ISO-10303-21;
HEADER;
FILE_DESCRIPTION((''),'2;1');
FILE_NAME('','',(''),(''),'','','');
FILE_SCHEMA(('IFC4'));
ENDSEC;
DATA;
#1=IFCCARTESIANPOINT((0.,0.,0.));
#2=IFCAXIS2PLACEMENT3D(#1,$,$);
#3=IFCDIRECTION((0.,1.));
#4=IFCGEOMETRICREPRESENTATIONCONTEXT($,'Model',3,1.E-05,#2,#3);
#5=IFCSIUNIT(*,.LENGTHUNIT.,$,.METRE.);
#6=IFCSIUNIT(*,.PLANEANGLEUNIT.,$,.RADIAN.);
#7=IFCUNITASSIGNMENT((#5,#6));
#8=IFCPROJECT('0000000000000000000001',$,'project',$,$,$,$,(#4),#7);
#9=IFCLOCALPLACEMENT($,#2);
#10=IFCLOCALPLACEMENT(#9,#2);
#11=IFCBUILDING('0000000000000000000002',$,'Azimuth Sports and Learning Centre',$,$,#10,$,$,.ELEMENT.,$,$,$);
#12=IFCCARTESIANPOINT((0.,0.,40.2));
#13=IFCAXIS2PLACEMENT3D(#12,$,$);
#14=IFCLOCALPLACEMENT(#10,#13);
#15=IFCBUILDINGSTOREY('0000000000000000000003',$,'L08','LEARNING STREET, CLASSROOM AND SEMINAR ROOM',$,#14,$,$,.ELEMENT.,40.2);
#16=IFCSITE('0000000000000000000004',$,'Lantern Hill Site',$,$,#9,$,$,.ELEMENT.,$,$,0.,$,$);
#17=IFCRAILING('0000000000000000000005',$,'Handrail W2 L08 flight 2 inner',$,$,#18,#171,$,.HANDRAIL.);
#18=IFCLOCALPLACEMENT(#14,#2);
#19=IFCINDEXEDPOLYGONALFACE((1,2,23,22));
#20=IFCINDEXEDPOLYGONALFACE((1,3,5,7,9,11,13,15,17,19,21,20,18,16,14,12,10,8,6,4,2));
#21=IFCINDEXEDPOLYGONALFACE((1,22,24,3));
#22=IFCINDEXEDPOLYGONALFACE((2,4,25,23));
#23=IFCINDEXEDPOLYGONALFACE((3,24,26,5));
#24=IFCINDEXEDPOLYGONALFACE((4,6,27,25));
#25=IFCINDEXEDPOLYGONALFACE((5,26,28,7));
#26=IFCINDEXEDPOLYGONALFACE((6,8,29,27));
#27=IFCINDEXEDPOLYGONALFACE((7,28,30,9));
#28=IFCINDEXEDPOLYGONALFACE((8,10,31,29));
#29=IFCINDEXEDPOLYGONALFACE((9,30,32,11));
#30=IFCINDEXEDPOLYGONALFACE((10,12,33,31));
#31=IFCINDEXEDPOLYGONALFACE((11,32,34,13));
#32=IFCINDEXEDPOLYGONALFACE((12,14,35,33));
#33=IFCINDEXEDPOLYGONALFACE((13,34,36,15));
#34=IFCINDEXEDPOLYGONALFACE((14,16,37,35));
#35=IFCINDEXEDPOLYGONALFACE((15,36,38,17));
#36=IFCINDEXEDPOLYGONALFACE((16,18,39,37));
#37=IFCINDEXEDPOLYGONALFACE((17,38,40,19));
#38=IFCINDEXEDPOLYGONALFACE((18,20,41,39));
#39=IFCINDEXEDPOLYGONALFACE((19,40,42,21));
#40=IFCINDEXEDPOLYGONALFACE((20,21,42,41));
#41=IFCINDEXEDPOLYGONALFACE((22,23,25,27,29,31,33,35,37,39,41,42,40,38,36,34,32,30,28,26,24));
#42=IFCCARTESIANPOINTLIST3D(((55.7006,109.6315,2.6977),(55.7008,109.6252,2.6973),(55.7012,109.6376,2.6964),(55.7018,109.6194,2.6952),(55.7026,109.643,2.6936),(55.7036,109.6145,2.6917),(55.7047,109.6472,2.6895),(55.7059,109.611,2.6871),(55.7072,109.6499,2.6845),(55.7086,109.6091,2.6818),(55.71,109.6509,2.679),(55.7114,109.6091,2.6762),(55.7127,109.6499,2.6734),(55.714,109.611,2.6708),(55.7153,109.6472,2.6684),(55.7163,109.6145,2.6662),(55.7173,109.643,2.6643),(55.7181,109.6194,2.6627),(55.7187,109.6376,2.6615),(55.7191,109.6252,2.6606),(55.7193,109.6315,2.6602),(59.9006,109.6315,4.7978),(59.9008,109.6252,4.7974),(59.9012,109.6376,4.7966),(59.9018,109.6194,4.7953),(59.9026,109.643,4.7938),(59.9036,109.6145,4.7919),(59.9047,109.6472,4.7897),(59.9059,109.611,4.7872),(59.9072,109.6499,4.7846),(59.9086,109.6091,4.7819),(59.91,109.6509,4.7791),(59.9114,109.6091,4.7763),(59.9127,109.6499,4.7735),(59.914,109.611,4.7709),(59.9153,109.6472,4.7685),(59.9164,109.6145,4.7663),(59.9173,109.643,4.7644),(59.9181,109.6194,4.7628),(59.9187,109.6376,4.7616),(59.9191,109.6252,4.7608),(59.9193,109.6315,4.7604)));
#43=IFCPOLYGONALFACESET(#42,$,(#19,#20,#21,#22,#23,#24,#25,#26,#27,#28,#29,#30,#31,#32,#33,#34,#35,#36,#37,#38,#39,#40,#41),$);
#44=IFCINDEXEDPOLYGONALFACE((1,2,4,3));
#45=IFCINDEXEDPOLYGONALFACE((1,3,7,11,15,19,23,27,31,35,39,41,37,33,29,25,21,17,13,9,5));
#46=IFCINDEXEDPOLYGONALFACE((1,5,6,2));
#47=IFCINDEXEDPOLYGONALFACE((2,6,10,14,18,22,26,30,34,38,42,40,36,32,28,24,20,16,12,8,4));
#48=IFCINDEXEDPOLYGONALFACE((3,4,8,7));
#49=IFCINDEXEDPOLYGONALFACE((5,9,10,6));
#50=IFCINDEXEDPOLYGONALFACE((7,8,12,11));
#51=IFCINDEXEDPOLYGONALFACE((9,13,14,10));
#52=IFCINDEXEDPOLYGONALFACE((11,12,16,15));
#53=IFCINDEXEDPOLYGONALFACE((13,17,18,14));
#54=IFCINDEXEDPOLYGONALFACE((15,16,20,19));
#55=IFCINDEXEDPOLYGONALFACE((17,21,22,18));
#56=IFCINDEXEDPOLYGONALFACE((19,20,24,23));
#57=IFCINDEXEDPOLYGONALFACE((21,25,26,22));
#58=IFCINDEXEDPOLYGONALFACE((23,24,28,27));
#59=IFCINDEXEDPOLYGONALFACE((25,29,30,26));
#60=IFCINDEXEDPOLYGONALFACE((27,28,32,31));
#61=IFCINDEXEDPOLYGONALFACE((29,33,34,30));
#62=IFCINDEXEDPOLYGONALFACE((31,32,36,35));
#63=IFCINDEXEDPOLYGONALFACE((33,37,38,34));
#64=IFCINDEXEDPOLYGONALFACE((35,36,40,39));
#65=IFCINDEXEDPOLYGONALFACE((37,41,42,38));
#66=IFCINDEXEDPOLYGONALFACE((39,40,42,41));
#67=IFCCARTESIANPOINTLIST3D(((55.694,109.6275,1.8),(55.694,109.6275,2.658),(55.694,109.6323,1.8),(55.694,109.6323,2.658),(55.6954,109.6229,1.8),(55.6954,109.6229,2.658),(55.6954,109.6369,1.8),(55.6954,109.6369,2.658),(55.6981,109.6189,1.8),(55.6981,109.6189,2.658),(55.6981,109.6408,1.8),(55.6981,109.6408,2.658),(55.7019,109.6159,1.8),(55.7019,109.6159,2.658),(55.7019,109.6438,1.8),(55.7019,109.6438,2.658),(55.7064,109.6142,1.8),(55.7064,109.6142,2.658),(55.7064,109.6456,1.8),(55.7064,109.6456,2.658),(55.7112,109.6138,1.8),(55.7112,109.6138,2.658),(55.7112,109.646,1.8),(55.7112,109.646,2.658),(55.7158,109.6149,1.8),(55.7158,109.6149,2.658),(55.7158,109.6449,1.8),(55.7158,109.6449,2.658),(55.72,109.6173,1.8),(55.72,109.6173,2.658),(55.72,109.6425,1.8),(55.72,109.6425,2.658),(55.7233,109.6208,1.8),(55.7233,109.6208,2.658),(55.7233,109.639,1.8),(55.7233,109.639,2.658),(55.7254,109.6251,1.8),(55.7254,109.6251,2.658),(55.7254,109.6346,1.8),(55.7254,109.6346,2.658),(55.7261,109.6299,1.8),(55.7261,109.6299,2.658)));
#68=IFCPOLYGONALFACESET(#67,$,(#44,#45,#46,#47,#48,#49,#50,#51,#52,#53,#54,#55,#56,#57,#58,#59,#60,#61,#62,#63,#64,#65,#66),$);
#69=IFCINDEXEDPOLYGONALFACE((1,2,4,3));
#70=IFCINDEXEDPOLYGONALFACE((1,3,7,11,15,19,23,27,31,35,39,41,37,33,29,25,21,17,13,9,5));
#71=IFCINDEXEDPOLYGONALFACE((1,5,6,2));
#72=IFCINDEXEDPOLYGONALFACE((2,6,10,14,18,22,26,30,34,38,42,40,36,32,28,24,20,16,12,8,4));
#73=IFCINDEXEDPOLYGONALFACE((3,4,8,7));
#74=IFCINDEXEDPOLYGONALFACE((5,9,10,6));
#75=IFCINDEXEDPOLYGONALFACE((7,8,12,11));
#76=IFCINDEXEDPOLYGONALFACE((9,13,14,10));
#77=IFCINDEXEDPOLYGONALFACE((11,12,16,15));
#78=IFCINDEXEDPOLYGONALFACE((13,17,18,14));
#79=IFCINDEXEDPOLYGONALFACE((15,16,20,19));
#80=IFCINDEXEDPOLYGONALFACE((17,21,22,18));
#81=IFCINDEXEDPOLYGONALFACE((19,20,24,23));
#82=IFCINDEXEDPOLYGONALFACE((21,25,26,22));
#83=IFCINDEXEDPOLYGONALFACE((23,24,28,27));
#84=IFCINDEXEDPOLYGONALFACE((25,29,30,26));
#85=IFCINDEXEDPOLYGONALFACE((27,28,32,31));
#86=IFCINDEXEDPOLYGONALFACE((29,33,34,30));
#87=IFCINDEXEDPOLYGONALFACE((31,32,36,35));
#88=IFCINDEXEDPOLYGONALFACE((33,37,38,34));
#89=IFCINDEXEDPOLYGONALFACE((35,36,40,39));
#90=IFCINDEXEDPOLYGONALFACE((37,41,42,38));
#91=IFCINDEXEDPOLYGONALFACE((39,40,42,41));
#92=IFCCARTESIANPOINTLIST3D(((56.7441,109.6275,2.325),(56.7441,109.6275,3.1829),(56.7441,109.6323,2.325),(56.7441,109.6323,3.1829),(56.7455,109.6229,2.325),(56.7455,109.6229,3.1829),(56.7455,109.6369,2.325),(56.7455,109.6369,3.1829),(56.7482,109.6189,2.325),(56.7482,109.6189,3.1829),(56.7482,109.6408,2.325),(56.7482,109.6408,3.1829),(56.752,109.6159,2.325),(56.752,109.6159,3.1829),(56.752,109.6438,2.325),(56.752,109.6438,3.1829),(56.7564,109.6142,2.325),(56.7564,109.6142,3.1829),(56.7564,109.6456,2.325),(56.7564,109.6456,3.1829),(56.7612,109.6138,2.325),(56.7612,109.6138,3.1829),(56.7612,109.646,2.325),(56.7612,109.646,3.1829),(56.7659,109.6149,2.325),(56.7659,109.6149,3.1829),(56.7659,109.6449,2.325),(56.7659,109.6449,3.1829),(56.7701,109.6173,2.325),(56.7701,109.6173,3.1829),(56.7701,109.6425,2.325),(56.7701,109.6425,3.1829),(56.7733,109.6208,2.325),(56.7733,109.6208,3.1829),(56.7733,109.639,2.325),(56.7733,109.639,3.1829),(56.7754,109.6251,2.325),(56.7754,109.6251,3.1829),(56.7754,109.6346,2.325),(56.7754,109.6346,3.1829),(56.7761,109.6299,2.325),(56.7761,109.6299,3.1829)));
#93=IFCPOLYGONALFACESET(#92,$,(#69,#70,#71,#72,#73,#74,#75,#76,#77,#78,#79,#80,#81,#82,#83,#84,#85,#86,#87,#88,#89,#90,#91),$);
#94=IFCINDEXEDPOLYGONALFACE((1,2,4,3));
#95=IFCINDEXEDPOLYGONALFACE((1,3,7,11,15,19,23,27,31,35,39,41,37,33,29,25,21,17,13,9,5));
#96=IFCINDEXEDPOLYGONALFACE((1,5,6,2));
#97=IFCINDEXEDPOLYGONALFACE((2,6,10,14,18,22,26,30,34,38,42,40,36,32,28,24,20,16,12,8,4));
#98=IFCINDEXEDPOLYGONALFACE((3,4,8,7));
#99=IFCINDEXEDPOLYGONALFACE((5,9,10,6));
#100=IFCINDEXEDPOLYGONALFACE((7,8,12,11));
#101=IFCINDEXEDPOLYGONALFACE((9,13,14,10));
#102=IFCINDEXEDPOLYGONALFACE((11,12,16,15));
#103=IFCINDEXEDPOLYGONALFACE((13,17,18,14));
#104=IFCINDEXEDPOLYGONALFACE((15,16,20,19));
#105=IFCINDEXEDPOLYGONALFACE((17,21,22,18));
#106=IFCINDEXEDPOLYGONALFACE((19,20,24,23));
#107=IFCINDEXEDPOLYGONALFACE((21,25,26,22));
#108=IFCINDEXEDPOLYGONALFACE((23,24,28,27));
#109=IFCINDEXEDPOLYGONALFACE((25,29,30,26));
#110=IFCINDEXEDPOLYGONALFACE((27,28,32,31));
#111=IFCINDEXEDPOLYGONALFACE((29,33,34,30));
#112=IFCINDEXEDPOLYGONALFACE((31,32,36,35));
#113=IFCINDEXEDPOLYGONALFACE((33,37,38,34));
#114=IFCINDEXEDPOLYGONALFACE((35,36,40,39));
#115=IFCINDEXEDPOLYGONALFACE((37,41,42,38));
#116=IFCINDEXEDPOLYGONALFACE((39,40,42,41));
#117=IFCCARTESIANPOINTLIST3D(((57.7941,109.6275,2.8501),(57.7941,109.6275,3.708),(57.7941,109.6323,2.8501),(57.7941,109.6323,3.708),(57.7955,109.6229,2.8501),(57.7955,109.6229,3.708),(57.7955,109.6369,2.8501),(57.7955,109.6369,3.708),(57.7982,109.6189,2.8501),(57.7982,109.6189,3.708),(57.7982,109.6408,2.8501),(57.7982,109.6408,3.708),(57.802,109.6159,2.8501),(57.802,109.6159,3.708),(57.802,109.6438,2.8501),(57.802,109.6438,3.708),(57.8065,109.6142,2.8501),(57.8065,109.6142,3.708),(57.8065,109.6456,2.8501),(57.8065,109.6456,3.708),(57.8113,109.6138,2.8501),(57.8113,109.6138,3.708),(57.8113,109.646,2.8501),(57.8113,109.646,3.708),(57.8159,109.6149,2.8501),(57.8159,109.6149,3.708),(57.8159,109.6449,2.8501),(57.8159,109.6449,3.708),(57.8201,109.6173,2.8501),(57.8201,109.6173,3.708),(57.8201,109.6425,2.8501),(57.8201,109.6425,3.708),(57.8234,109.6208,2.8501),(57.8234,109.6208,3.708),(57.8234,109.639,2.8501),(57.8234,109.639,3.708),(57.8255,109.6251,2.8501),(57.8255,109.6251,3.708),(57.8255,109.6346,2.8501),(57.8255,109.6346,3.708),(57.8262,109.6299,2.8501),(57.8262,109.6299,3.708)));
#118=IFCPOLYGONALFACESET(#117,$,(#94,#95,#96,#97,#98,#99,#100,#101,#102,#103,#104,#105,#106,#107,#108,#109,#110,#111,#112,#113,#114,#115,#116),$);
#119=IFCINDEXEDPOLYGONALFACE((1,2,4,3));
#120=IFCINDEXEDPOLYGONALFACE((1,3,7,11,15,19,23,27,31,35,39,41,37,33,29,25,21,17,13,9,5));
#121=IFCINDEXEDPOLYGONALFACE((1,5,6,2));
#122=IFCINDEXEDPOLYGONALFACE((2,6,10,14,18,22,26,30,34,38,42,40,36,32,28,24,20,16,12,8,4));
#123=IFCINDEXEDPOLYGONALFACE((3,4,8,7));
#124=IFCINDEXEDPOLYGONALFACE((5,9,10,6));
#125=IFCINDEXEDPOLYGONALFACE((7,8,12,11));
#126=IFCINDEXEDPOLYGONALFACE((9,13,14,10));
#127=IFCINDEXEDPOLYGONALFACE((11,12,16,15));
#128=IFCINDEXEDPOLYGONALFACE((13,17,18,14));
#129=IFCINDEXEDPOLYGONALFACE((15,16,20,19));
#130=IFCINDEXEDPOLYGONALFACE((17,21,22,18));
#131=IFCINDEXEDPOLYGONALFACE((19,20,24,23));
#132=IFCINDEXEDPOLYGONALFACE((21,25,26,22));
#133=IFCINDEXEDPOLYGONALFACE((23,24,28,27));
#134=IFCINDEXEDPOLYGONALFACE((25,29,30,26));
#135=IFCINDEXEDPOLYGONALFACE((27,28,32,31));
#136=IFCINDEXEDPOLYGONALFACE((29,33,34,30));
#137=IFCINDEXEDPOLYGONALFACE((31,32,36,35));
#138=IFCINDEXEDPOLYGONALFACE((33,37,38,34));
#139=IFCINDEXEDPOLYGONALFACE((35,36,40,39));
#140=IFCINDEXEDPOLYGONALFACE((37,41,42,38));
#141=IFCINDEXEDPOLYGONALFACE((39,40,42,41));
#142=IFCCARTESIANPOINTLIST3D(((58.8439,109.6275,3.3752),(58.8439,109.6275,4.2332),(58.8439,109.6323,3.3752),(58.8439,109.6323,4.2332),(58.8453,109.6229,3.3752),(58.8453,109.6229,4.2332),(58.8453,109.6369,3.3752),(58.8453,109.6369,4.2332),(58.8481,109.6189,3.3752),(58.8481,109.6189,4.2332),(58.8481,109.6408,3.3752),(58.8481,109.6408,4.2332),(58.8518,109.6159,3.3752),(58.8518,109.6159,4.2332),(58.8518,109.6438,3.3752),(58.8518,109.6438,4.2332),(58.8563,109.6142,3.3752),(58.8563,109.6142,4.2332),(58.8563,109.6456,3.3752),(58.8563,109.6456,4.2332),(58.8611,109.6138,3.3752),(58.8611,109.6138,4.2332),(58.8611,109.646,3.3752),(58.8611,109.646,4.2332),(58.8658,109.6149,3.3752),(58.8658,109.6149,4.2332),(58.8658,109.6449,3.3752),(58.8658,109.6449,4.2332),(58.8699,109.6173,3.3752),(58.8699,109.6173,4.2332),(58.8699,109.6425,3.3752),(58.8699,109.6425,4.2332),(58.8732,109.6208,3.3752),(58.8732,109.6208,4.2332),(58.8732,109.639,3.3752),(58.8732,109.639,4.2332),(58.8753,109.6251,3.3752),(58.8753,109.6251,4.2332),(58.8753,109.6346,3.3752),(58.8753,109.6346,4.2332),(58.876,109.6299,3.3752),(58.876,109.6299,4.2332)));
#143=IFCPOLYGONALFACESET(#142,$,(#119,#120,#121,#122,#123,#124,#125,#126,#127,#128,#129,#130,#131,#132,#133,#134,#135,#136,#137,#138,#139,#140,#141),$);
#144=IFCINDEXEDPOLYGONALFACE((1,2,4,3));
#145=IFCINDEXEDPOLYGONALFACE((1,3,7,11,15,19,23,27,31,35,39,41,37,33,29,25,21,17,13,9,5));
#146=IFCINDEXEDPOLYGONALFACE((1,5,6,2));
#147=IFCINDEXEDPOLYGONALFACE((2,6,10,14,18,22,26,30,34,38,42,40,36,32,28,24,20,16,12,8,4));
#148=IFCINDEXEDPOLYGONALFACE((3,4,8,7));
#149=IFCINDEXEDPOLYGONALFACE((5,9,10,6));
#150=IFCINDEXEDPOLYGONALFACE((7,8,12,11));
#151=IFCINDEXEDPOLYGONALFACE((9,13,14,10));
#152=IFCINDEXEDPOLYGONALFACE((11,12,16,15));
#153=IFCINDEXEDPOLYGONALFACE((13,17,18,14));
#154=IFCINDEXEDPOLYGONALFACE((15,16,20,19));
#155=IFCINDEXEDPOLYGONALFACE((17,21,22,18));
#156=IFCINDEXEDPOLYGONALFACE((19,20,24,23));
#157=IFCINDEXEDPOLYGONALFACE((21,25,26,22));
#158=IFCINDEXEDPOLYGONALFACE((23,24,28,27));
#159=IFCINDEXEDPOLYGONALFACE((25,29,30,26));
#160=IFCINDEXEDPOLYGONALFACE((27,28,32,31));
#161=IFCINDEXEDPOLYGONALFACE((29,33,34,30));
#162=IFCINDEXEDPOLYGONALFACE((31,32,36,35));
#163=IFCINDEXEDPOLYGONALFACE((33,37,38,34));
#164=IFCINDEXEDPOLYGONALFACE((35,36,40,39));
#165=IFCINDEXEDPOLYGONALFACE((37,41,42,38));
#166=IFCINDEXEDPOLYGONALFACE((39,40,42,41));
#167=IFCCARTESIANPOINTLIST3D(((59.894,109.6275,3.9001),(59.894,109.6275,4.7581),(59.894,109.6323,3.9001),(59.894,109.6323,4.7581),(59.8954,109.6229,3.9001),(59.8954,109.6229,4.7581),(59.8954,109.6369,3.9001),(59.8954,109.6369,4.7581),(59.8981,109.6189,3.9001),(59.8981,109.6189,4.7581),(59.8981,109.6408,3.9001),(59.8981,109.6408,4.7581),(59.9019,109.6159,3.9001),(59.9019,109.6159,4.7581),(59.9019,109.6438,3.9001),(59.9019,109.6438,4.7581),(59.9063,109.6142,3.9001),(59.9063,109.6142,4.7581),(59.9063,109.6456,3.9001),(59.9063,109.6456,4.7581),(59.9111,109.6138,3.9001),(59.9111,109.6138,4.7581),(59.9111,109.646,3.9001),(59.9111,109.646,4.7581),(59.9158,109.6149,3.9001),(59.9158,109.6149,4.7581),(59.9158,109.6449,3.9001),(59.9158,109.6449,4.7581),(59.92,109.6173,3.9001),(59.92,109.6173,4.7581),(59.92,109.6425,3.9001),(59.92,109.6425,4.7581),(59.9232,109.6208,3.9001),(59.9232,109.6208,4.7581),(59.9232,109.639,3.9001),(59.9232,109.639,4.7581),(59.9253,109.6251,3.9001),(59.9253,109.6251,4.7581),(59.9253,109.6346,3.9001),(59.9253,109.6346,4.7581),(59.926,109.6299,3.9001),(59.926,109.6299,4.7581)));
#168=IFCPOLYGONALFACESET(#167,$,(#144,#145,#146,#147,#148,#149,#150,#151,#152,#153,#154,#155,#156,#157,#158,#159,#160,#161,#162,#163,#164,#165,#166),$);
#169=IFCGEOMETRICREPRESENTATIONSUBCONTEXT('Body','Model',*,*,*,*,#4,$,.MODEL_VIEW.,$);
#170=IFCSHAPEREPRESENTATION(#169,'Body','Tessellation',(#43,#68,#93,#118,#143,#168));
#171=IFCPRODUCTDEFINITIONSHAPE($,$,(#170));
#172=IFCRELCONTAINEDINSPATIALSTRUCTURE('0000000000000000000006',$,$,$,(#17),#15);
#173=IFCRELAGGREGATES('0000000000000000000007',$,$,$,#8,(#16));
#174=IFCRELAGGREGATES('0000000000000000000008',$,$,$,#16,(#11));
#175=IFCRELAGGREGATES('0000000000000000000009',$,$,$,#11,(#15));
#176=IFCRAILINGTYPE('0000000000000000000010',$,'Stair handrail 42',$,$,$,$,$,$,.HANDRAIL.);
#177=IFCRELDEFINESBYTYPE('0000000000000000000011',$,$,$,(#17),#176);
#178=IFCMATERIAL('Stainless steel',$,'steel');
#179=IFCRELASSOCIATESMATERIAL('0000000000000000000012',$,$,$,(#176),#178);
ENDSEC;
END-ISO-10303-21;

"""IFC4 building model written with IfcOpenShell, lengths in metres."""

from ifc_helpers import new_model, si_unit, direction, frame, origin, origin_2d, place, context, subcontext, project, spatial, circle, extrude, material, type_object, element, save


model = new_model("IFC4")

# Units and contexts
model_context = context("Model", 3, precision=1e-05, world=origin(), true_north=direction((0.0, 1.0)))
body_context = subcontext(model_context, "Body", "Model", "MODEL_VIEW")
ifc_project = project(units=[si_unit("LENGTHUNIT", "METRE"), si_unit("PLANEANGLEUNIT", "RADIAN")], contexts=[model_context])

# Site, building, storey
site_placement = place(None, origin())
site = spatial("IfcSite", under=ifc_project, at=site_placement, Name="Lantern Hill Site", CompositionType="ELEMENT", RefElevation=0.0)
building_placement = place(site_placement, origin())
building = spatial("IfcBuilding", under=site, at=building_placement, Name="Azimuth Sports and Learning Centre", CompositionType="ELEMENT")
storey_placement = place(building_placement, frame((0.0, 0.0, 40.2)))
storey = spatial("IfcBuildingStorey", under=building, at=storey_placement, Name="L08", Description="LEARNING STREET, CLASSROOM AND SEMINAR ROOM", CompositionType="ELEMENT", Elevation=40.2)

# Railing
ifc_material_1 = material(Name="Stainless steel", Category="steel")
railing_type_1 = type_object("IfcRailingType", Name="Stair handrail 42", PredefinedType="HANDRAIL", material=ifc_material_1)
railing_1_placement = place(storey_placement, frame((55.71, 109.6299, 1.8)))
element("IfcRailing", 1, at=railing_1_placement, inside=storey, type_object=railing_type_1, Name="Handrail W2 L08 flight 2 inner", PredefinedType="HANDRAIL", context=body_context, shape_type="SweptSolid", body=[
    extrude(circle(Radius=0.021, at=origin_2d()), frame((0.0, 0.0, 0.8789), z_axis=(0.894417, 0.0, 0.447234), x_axis=(0.0, 1.0, 0.0)), (0.0, 0.0, 1.0), 4.6958),
    extrude(circle(Radius=0.0161, at=origin_2d()), origin(), (0.0, 0.0, 1.0), 0.8579),
    extrude(circle(Radius=0.0161, at=origin_2d()), frame((1.05, 0.0, 0.5249)), (0.0, 0.0, 1.0), 0.8579),
    extrude(circle(Radius=0.0161, at=origin_2d()), frame((2.1001, 0.0, 1.05)), (0.0, 0.0, 1.0), 0.8579),
    extrude(circle(Radius=0.0161, at=origin_2d()), frame((3.1499, 0.0, 1.5752)), (0.0, 0.0, 1.0), 0.8579),
    extrude(circle(Radius=0.0161, at=origin_2d()), frame((4.2, 0.0, 2.1001)), (0.0, 0.0, 1.0), 0.8579),
])

save(model, "model.ifc")
